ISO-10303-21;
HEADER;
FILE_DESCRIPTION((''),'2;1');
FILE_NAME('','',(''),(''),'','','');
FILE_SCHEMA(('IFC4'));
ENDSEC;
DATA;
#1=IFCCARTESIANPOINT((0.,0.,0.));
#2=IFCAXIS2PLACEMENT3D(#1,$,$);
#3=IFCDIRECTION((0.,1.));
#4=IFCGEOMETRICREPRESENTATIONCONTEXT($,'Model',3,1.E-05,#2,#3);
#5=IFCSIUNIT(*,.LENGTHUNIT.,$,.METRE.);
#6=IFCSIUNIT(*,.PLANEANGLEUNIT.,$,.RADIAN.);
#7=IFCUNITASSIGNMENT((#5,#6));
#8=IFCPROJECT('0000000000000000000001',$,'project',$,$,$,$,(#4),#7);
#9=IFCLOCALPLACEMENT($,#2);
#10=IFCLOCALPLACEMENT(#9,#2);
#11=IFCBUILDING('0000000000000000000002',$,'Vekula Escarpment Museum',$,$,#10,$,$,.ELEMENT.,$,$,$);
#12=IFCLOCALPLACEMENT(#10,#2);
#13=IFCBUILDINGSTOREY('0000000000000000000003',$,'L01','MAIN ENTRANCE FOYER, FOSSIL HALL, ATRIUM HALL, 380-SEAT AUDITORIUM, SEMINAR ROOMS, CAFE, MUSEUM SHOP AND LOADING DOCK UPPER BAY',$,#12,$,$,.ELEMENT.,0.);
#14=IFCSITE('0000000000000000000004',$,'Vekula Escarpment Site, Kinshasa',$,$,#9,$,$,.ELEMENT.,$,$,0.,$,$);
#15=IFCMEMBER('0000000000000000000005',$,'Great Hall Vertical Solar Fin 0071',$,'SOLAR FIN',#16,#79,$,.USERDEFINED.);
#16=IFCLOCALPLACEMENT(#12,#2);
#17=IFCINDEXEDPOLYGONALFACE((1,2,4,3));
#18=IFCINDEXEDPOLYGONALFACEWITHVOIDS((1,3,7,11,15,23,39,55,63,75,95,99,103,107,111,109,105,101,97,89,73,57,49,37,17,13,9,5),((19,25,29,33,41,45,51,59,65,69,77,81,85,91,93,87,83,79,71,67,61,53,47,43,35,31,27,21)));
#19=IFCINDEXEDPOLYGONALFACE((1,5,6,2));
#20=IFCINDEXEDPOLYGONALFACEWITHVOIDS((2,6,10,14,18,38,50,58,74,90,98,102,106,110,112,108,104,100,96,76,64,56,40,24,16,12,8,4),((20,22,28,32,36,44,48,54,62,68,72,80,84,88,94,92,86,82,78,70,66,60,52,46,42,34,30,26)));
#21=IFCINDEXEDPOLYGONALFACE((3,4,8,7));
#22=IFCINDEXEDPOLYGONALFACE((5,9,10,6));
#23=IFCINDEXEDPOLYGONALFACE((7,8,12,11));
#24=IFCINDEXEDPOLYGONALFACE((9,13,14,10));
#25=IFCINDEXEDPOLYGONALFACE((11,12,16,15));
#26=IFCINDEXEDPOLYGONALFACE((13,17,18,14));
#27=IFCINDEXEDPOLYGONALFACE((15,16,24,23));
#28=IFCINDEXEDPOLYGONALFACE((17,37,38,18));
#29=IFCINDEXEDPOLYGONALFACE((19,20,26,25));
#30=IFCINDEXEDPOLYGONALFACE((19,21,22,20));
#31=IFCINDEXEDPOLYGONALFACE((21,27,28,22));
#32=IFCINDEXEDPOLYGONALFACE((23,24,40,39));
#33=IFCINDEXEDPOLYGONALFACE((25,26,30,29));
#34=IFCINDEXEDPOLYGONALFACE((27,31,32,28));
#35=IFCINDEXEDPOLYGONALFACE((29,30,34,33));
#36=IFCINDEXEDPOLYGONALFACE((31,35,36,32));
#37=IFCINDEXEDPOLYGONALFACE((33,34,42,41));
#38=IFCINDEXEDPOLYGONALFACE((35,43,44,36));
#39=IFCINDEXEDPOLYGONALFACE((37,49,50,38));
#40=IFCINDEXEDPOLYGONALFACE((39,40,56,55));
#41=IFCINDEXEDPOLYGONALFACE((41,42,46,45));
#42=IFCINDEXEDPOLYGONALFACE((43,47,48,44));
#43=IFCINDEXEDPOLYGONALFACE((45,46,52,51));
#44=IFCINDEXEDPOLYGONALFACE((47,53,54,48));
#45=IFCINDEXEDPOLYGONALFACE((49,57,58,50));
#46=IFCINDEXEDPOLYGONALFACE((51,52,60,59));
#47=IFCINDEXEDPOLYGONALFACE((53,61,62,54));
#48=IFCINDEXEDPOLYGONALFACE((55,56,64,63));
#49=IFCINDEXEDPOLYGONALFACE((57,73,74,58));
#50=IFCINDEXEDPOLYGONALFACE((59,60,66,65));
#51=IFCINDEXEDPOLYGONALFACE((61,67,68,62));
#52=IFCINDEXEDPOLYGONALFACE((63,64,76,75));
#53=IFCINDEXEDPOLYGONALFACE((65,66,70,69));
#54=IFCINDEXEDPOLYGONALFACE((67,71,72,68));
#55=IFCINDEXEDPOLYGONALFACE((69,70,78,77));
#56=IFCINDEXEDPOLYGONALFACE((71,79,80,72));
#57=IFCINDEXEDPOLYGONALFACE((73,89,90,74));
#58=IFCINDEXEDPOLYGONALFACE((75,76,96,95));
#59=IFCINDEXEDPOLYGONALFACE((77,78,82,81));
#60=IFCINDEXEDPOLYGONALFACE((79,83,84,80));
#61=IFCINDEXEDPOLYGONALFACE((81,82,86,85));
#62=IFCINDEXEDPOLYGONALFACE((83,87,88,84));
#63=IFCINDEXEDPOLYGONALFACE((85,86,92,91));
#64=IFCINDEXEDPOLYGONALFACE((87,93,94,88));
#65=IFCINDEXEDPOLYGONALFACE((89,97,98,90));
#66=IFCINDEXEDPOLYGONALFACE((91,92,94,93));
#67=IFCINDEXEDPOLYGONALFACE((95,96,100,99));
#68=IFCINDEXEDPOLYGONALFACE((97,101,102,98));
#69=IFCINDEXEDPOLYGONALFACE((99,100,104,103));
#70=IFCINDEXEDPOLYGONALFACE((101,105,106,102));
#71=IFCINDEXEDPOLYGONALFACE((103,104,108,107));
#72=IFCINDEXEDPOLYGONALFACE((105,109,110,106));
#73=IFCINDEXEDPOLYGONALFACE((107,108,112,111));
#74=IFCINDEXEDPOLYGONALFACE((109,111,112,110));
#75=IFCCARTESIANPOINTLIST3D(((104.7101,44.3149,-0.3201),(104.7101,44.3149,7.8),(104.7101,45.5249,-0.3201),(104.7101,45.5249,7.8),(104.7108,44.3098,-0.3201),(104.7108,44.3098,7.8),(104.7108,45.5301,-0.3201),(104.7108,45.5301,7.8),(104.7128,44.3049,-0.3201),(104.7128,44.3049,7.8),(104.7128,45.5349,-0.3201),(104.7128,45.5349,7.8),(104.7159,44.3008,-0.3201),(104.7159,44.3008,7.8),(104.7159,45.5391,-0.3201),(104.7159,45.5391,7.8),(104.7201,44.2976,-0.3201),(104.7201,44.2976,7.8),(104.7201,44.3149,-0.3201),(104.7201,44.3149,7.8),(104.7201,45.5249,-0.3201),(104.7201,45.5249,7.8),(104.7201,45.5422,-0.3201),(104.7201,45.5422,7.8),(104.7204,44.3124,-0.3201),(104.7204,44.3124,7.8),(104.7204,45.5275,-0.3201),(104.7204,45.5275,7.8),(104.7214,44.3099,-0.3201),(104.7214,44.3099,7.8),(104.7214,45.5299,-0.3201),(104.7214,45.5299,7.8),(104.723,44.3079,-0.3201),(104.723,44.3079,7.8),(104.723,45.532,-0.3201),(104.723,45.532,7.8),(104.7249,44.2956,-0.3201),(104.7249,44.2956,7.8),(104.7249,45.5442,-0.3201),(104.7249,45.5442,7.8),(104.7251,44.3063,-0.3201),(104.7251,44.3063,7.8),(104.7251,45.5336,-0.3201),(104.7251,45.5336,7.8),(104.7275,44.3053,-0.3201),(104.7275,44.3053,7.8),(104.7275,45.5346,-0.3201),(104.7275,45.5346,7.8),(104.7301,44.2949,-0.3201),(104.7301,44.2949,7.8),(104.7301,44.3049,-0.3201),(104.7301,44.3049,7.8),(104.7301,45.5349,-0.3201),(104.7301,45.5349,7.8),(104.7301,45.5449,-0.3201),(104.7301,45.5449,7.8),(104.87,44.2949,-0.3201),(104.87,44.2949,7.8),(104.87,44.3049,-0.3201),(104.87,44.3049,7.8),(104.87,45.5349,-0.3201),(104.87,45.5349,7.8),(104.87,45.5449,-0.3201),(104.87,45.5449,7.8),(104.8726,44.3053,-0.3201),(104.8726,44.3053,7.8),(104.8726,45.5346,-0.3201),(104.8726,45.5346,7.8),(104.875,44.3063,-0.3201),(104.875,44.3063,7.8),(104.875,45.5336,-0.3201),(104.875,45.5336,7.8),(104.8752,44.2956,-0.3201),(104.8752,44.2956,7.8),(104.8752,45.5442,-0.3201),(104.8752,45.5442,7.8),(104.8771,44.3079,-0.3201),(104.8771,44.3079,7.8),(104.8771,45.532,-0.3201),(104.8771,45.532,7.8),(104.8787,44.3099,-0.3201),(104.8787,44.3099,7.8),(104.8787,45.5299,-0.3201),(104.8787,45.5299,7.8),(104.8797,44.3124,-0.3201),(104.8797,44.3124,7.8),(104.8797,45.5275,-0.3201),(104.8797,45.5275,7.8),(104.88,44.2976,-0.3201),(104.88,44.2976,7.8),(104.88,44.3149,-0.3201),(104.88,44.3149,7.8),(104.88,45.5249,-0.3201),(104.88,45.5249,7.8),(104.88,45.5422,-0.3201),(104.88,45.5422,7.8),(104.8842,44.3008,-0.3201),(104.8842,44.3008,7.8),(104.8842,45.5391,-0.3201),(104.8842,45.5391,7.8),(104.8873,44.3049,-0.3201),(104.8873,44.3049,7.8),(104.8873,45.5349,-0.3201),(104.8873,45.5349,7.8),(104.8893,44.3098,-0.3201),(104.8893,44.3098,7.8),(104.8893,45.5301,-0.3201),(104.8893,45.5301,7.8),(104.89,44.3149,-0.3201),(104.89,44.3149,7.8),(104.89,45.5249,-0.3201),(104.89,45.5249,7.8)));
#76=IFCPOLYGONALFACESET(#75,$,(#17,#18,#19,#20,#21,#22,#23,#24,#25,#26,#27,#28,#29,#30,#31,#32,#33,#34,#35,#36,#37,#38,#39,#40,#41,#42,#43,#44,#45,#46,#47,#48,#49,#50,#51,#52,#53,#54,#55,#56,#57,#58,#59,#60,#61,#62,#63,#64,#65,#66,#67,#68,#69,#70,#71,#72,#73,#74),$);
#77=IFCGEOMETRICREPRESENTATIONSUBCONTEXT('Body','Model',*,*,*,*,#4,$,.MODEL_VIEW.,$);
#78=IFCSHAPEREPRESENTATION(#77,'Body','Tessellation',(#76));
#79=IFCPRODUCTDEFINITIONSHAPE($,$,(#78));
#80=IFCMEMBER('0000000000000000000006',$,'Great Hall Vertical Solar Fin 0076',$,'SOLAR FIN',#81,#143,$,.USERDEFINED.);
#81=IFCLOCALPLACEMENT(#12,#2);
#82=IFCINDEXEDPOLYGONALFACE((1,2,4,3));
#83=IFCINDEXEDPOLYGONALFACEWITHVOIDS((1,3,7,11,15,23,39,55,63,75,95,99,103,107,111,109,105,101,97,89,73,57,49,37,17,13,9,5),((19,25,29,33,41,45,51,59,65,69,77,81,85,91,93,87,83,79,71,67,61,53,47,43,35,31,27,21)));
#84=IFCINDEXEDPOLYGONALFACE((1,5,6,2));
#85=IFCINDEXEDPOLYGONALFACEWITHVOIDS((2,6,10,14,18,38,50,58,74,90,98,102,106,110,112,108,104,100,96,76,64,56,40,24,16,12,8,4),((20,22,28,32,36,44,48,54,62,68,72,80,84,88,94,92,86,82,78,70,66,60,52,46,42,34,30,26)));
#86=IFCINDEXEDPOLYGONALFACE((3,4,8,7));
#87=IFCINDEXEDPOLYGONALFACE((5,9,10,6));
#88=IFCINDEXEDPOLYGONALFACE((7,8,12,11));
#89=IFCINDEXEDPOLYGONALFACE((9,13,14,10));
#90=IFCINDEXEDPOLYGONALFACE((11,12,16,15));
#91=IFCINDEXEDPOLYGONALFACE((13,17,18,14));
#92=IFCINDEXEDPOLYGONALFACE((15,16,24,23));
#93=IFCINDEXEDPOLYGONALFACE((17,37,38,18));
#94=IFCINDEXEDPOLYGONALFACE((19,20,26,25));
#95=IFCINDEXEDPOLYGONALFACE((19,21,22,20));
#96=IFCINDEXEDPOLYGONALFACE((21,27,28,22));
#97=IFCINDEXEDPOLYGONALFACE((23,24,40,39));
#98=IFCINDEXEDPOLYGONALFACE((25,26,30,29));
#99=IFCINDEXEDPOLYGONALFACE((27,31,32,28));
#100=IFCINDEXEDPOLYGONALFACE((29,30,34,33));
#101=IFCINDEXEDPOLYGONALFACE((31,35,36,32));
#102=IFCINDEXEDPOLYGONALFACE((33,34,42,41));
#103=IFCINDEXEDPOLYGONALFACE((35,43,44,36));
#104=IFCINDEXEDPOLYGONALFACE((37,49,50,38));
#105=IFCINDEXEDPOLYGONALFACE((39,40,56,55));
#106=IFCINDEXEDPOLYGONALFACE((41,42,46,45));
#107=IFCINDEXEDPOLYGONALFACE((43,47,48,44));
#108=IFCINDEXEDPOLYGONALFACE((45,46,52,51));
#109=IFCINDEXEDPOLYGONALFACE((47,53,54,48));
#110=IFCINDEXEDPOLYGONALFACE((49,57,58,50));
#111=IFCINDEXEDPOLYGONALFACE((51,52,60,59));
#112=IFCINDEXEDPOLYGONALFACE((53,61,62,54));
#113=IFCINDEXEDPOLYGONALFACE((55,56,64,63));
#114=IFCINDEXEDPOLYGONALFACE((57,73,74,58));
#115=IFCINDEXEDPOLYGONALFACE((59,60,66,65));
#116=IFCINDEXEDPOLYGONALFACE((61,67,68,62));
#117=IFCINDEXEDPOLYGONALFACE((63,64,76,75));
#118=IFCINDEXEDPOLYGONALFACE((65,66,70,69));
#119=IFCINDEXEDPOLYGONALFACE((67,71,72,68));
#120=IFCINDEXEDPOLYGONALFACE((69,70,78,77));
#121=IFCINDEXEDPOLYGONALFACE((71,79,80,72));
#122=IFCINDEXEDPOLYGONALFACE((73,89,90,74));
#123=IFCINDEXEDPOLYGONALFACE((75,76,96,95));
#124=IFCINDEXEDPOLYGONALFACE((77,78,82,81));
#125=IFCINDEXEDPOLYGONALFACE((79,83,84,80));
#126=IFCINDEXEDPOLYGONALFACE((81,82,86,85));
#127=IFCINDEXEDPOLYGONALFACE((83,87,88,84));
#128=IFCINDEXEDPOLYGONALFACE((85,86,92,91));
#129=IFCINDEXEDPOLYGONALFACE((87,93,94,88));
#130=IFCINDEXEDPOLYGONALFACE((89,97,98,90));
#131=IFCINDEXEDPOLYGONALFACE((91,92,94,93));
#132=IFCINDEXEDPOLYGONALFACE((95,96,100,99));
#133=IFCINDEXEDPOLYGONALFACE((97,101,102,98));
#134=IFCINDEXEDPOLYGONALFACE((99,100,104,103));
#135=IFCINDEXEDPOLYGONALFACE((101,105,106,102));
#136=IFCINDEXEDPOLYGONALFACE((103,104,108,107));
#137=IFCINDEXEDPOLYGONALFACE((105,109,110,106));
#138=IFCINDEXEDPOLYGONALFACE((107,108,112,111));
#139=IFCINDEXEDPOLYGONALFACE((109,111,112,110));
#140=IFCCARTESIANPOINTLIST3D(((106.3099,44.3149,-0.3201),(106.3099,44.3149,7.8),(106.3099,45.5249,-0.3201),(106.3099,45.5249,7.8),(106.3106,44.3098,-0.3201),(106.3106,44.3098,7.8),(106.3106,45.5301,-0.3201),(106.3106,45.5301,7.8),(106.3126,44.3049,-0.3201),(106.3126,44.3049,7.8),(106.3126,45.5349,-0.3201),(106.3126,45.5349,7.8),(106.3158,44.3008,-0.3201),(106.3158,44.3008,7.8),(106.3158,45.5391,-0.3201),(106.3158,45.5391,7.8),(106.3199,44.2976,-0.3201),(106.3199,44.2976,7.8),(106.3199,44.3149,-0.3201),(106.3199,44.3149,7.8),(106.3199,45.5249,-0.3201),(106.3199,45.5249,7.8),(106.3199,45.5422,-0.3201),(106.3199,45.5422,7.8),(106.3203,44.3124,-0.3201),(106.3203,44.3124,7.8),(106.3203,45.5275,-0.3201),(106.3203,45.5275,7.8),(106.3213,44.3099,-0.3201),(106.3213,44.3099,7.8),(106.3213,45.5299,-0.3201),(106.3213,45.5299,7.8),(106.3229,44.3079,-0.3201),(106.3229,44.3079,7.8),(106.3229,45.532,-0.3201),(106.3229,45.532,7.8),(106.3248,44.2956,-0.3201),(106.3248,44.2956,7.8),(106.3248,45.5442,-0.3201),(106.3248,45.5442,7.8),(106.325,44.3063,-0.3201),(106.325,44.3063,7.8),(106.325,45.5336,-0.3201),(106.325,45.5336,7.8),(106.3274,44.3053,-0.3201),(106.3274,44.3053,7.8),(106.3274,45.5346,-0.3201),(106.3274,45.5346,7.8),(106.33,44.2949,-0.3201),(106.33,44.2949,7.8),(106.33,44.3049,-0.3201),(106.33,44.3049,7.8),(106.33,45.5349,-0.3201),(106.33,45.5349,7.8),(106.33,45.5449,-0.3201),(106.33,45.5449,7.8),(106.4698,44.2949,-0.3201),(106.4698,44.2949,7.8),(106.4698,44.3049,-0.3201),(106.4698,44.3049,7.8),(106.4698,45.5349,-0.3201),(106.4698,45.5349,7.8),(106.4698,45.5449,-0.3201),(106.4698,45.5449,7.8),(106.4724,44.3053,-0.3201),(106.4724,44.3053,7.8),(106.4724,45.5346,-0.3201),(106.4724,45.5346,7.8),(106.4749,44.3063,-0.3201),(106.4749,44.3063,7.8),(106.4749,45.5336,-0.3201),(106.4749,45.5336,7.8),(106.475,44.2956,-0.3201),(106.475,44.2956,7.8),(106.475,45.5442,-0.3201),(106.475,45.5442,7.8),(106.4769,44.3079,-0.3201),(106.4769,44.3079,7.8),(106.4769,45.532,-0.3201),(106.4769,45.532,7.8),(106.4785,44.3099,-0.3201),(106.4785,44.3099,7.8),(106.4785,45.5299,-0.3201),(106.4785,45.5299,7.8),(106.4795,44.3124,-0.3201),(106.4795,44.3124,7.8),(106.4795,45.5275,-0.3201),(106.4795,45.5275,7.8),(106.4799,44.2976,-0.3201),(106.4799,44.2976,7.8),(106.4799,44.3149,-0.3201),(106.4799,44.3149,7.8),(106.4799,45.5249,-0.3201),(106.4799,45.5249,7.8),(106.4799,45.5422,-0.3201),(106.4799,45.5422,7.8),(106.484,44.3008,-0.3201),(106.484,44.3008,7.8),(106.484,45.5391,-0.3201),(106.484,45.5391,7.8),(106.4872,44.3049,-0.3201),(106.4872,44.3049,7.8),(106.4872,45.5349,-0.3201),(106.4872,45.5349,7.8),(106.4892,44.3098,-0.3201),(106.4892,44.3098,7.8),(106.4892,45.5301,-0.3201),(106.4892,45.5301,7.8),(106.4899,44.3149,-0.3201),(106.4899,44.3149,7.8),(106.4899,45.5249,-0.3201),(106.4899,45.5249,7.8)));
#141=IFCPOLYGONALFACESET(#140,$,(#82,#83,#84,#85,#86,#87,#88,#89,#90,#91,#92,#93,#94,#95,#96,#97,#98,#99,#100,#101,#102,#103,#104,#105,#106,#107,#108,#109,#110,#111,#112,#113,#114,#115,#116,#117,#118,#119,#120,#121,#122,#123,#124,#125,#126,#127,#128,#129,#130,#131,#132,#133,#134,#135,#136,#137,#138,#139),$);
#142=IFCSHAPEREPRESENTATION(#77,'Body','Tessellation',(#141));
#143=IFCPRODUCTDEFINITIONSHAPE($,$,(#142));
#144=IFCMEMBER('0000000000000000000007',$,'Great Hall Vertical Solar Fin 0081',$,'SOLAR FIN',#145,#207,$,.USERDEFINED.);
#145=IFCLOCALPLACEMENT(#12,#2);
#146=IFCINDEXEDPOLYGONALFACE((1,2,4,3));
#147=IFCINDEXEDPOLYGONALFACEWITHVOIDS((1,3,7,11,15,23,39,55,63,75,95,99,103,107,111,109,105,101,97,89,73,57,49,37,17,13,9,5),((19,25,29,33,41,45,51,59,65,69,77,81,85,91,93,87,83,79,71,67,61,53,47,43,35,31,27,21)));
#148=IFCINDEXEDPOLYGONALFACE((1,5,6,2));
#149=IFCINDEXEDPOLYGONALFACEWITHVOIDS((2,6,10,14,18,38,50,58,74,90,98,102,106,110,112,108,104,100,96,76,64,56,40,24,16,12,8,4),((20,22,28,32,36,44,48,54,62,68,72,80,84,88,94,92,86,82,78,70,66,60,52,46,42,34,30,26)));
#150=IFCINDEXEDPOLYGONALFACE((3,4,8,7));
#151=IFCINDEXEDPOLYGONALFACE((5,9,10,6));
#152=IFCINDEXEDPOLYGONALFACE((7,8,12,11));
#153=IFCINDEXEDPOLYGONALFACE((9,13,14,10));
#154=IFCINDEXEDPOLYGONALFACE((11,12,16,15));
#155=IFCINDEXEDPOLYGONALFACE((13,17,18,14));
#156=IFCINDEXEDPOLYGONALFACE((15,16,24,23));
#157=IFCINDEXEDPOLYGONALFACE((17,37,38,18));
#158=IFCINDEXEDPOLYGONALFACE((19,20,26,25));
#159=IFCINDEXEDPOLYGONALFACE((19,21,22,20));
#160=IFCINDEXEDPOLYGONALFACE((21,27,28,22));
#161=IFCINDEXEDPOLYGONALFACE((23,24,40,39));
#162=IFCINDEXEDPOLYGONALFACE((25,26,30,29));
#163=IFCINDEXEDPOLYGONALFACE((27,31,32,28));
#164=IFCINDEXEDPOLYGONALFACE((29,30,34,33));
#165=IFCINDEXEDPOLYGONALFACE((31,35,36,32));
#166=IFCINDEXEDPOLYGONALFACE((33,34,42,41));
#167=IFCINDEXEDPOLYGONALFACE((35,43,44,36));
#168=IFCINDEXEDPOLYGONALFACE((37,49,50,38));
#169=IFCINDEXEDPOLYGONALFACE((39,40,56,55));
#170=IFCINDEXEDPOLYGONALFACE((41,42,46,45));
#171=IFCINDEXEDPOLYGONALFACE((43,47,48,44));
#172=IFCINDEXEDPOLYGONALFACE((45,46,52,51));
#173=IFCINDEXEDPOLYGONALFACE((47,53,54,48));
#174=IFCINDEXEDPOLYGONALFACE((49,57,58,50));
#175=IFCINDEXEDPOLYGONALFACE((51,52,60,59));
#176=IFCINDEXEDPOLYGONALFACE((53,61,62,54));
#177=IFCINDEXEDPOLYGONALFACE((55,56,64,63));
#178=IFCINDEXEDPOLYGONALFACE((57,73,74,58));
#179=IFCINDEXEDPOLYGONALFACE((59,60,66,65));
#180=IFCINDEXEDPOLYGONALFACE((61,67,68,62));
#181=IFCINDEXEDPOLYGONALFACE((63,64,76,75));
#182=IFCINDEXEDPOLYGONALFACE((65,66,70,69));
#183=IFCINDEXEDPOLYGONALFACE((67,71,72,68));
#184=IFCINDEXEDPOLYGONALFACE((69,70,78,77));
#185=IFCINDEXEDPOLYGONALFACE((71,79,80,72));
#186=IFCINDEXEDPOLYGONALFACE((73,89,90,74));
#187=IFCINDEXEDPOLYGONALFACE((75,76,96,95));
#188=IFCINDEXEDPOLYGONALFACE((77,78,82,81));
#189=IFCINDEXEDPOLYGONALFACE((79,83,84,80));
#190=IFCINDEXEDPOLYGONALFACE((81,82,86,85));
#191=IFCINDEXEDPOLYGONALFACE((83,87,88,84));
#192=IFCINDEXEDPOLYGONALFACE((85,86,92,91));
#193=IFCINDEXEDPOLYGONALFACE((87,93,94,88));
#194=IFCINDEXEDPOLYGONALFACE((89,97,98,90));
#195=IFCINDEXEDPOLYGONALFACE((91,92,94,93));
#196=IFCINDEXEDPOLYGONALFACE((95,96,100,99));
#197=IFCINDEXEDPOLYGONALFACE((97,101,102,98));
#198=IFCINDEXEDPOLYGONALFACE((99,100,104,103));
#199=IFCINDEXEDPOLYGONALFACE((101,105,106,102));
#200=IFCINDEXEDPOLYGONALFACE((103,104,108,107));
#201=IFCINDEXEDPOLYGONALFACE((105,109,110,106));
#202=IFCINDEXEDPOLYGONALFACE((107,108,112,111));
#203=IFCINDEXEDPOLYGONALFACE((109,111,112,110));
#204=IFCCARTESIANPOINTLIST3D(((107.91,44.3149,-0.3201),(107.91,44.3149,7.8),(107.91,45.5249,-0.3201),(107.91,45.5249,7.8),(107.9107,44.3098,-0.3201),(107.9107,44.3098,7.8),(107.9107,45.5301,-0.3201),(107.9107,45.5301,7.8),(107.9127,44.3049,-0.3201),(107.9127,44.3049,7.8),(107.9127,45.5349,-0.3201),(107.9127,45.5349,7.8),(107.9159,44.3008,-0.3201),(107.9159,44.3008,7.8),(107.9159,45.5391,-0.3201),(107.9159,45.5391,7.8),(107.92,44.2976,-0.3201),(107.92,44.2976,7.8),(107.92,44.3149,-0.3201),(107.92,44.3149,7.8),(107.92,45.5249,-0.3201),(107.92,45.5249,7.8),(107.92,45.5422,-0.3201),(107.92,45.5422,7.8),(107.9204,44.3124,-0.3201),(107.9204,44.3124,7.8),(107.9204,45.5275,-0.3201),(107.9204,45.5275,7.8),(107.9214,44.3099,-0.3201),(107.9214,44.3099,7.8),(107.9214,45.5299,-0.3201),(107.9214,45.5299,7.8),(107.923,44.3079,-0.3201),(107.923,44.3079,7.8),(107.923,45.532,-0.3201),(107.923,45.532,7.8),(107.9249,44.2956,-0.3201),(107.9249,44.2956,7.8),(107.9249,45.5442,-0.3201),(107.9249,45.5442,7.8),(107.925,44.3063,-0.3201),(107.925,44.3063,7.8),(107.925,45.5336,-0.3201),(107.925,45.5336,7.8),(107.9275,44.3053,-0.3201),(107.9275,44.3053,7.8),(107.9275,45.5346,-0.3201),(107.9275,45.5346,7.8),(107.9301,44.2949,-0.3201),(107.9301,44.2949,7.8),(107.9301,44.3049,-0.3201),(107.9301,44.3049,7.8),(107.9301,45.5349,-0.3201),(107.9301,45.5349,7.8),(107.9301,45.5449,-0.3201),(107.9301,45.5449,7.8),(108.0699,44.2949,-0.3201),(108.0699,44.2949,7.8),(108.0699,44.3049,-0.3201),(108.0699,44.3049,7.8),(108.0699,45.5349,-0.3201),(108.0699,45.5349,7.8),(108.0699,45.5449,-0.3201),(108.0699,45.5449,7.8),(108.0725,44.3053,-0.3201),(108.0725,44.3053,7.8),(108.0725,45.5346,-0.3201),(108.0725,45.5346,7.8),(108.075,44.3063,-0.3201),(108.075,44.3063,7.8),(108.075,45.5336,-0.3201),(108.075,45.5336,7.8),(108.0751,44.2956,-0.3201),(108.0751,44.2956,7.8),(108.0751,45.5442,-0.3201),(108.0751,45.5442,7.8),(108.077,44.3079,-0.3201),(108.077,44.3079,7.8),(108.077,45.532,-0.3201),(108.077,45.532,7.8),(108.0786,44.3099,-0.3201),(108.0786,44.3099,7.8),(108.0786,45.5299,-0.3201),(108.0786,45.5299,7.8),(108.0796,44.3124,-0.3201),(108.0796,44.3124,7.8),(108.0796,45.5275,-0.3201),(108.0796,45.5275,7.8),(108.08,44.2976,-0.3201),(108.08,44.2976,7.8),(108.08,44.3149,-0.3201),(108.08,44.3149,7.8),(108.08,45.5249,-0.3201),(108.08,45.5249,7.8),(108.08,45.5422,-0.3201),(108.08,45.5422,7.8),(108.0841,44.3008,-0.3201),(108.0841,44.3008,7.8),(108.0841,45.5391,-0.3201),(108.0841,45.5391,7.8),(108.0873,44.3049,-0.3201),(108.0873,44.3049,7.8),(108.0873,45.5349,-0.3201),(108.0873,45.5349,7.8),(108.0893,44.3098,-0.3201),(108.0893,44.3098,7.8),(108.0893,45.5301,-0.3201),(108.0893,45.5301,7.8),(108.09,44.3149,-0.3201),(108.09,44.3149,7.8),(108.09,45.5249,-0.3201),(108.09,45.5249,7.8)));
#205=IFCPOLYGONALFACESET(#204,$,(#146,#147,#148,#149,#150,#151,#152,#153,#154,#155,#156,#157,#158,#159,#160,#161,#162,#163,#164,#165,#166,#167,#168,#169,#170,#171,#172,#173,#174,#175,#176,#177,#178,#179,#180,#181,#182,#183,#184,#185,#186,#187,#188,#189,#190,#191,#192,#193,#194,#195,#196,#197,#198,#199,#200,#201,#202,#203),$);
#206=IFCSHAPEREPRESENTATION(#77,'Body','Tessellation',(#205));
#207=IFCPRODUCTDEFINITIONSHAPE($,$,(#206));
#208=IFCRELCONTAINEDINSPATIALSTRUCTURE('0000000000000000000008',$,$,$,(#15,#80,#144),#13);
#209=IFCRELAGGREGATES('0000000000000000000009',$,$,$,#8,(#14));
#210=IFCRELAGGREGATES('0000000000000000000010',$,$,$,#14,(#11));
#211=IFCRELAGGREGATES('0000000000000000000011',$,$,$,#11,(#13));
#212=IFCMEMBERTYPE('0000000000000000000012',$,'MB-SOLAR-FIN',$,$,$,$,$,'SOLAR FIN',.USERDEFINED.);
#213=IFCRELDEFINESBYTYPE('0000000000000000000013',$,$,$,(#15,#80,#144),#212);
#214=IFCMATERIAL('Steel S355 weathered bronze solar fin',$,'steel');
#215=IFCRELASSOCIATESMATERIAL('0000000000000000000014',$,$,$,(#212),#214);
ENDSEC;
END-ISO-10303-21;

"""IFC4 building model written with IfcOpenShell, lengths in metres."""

from ifc_helpers import new_model, si_unit, direction, frame, origin, origin_2d, place, context, subcontext, project, spatial, hollow_rectangle, extrude, material, material_profile, profile_set, type_object, element, save


model = new_model("IFC4")

# Units and contexts
model_context = context("Model", 3, precision=1e-05, world=origin(), true_north=direction((0.0, 1.0)))
body_context = subcontext(model_context, "Body", "Model", "MODEL_VIEW")
ifc_project = project(units=[si_unit("LENGTHUNIT", "METRE"), si_unit("PLANEANGLEUNIT", "RADIAN")], contexts=[model_context])

# Site, building, storey
site_placement = place(None, origin())
site = spatial("IfcSite", under=ifc_project, at=site_placement, Name="Vekula Escarpment Site, Kinshasa", CompositionType="ELEMENT", RefElevation=0.0)
building_placement = place(site_placement, origin())
building = spatial("IfcBuilding", under=site, at=building_placement, Name="Vekula Escarpment Museum", CompositionType="ELEMENT")
storey_placement = place(building_placement, origin())
storey = spatial("IfcBuildingStorey", under=building, at=storey_placement, Name="L01", Description="MAIN ENTRANCE FOYER, FOSSIL HALL, ATRIUM HALL, 380-SEAT AUDITORIUM, SEMINAR ROOMS, CAFE, MUSEUM SHOP AND LOADING DOCK UPPER BAY", CompositionType="ELEMENT", Elevation=0.0)

# Members
ifc_material_1 = material(Name="Steel S355 weathered bronze solar fin", Category="steel")
ifc_material_profile_1 = material_profile(ifc_material_1, hollow_rectangle(XDim=0.1799, YDim=1.25, WallThickness=0.01, InnerFilletRadius=0.01, OuterFilletRadius=0.02, at=origin_2d()), Name="RHS 1250x180x10")
ifc_profile_set_1 = profile_set([ifc_material_profile_1], Name="Steel S355 weathered bronze solar fin")
member_type_1 = type_object("IfcMemberType", Name="MB-SOLAR-FIN", ElementType="SOLAR FIN", PredefinedType="USERDEFINED", material=ifc_profile_set_1)
for number, where, z_axis, x_axis, name in (
    (1, (104.8, 44.9199, -0.3201), (0.0, 0.0, 1.0), (1.0, 0.0, 0.0), "Great Hall Vertical Solar Fin 0071"),
    (2, (106.3999, 44.9199, -0.3201), (0.0, 0.0, 1.0), (1.0, 0.0, 0.0), "Great Hall Vertical Solar Fin 0076"),
    (3, (108.0, 44.9199, -0.3201), (0.0, 0.0, 1.0), (1.0, 0.0, 0.0), "Great Hall Vertical Solar Fin 0081"),
):
    element("IfcMember", number, at=place(storey_placement, frame(where, z_axis=z_axis, x_axis=x_axis)), inside=storey, type_object=member_type_1, Name=name, ObjectType="SOLAR FIN", PredefinedType="USERDEFINED", context=body_context, shape_type="SweptSolid", body=[
        extrude(hollow_rectangle(XDim=0.1799, YDim=1.25, WallThickness=0.01, InnerFilletRadius=0.01, OuterFilletRadius=0.02, at=origin_2d()), origin(), (0.0, 0.0, 1.0), 8.1201),
    ])

save(model, "model.ifc")
